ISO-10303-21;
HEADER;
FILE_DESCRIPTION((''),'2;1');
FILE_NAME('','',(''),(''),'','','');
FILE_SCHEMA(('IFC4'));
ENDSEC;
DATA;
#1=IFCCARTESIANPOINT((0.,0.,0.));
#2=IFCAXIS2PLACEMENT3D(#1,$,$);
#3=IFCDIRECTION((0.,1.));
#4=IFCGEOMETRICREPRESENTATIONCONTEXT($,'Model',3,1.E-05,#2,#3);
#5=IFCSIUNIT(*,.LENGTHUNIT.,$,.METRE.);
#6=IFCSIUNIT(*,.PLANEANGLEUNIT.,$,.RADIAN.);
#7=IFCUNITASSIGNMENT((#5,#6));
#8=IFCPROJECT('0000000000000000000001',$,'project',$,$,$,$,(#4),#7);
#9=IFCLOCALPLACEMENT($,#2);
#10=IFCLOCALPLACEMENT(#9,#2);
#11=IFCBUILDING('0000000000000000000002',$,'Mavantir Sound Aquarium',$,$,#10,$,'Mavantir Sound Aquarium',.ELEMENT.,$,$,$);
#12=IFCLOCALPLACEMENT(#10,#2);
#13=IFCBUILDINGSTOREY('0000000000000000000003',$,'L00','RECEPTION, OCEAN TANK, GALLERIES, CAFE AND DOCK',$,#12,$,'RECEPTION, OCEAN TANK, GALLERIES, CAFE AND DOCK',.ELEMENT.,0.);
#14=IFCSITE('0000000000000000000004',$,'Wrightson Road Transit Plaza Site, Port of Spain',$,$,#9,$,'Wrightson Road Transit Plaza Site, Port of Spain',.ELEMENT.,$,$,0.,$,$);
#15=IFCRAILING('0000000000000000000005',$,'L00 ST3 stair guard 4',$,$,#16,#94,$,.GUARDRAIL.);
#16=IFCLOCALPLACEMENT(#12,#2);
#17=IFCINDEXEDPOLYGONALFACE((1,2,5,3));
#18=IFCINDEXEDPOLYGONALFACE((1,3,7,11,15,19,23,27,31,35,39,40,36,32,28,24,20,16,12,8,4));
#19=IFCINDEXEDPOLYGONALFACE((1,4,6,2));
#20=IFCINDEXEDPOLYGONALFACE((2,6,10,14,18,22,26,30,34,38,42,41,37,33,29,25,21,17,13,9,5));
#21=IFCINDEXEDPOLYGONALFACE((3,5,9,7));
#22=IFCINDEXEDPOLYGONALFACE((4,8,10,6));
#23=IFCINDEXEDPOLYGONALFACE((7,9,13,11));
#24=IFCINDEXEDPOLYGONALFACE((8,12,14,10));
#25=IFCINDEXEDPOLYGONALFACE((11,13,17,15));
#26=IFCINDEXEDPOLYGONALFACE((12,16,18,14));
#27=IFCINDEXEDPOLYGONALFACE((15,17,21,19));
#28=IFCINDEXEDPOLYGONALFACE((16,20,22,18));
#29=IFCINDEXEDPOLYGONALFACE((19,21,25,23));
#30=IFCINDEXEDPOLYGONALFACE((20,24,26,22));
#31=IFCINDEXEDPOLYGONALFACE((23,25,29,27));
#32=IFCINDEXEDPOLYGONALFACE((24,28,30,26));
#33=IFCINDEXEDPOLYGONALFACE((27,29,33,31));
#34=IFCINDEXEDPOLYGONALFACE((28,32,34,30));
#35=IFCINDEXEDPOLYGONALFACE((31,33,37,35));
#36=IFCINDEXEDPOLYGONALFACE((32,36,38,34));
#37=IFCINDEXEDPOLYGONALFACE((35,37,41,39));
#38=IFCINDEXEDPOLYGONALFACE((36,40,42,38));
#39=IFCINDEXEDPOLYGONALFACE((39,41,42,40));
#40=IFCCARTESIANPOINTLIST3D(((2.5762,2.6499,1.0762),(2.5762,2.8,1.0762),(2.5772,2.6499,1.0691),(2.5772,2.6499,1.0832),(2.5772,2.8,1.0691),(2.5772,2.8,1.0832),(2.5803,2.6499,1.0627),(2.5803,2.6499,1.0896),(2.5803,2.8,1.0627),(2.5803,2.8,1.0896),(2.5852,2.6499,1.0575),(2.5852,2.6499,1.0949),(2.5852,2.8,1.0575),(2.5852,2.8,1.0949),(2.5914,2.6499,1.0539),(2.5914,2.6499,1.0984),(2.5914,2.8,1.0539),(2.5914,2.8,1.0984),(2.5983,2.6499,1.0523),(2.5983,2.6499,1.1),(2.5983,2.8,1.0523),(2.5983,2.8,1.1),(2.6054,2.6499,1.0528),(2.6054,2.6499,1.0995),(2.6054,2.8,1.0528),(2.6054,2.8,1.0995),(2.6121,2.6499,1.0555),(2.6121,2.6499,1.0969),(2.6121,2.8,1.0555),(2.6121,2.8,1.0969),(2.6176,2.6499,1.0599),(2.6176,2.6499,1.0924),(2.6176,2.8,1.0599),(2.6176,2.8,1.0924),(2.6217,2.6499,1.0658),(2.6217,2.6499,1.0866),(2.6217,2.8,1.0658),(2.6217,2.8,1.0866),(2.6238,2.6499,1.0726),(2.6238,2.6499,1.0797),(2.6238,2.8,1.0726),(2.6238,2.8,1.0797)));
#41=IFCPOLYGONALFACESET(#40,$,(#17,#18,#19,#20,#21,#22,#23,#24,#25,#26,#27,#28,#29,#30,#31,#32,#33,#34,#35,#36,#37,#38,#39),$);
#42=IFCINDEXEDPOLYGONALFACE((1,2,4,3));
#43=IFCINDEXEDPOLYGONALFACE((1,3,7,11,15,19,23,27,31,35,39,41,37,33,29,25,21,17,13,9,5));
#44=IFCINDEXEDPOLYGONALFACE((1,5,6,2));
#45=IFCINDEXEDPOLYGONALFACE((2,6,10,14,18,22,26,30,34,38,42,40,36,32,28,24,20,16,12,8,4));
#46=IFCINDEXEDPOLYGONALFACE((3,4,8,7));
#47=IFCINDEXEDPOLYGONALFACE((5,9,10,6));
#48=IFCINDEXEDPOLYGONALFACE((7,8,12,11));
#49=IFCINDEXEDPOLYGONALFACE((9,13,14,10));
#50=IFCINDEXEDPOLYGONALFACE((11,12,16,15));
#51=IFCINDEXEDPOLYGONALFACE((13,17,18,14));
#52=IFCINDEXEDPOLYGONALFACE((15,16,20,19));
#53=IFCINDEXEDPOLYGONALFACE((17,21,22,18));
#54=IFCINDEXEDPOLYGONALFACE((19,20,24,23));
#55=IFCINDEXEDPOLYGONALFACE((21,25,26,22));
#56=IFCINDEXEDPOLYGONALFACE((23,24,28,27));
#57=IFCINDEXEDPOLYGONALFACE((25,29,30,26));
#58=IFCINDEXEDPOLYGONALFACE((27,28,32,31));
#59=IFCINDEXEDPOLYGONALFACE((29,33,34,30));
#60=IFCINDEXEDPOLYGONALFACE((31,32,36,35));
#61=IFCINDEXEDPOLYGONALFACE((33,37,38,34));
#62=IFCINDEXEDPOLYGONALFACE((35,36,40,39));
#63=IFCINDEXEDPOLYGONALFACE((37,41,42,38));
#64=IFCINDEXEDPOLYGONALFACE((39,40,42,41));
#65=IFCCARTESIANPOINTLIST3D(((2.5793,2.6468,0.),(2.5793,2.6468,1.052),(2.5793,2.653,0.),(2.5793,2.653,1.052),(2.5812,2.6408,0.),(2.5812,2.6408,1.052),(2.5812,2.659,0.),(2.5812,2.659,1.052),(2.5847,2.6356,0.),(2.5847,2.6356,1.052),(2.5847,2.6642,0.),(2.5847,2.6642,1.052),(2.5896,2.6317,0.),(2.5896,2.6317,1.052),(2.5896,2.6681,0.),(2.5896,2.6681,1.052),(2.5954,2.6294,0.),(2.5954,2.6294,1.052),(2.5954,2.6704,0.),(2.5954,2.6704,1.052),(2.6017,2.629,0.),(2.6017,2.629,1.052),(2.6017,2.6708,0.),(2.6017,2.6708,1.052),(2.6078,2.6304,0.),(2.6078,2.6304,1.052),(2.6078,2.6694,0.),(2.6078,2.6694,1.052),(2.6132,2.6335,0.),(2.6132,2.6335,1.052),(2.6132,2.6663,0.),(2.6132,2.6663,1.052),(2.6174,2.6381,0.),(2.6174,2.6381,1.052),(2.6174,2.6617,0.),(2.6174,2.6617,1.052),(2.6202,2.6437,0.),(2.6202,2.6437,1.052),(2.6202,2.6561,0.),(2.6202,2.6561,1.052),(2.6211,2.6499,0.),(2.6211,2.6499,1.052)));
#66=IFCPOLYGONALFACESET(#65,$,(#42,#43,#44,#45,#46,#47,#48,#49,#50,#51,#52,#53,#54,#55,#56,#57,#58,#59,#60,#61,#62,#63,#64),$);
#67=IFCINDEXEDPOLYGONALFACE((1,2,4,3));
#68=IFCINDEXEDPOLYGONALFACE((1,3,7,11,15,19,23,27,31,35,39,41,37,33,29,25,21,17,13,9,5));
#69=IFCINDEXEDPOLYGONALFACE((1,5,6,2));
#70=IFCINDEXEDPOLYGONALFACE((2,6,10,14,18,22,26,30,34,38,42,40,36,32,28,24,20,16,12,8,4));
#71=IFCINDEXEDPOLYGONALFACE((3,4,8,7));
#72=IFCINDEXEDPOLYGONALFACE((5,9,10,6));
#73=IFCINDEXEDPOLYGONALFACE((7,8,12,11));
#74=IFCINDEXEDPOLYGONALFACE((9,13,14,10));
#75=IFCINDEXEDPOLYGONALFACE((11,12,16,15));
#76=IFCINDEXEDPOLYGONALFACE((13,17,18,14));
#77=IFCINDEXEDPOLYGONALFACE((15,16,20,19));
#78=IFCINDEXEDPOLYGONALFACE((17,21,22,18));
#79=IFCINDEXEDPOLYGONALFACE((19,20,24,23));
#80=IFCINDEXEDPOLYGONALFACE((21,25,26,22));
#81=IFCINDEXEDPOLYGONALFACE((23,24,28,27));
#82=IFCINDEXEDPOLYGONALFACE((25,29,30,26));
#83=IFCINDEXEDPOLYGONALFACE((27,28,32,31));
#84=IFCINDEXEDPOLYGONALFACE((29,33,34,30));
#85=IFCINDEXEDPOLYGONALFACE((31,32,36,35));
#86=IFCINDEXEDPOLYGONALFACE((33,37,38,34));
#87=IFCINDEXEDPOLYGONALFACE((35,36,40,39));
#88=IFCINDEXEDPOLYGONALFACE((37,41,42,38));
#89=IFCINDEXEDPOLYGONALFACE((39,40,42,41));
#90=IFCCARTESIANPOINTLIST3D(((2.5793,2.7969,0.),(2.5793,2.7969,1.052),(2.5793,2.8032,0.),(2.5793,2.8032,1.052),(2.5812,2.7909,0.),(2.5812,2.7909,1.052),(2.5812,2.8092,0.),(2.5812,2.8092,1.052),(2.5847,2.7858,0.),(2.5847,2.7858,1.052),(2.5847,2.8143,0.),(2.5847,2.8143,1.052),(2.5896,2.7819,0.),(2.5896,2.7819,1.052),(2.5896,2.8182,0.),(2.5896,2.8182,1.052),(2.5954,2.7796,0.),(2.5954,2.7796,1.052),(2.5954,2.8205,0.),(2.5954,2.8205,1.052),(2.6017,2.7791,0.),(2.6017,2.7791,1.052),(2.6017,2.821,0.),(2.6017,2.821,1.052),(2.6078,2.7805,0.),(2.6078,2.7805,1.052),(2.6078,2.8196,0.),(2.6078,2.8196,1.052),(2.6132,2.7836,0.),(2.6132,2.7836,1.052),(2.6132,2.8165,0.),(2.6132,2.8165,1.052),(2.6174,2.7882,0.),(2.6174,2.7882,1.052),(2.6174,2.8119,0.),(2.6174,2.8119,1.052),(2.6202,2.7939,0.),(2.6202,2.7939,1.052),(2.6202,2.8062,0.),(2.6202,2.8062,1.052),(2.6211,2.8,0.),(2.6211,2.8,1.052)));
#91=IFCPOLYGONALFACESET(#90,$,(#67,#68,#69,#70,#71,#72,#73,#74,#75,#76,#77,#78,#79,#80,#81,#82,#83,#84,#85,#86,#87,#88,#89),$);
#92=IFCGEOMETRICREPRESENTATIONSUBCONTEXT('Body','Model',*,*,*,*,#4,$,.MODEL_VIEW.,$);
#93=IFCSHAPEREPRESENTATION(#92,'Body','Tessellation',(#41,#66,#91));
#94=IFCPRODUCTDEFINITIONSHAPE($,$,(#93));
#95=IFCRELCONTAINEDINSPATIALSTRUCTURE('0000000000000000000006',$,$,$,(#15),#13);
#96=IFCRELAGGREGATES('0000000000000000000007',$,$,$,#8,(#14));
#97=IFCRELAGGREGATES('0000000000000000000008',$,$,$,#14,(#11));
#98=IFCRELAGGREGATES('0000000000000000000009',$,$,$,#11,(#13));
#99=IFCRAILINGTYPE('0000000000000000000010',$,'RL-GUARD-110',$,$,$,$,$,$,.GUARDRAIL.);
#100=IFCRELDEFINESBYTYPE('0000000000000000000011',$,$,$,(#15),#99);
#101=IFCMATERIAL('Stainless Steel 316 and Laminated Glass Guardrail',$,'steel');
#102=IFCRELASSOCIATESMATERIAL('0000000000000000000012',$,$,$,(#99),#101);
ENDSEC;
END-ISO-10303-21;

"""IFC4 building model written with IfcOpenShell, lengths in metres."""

from ifc_helpers import new_model, si_unit, direction, frame, origin, origin_2d, place, context, subcontext, project, spatial, circle, extrude, material, type_object, element, save


model = new_model("IFC4")

# Units and contexts
model_context = context("Model", 3, precision=1e-05, world=origin(), true_north=direction((0.0, 1.0)))
body_context = subcontext(model_context, "Body", "Model", "MODEL_VIEW")
ifc_project = project(units=[si_unit("LENGTHUNIT", "METRE"), si_unit("PLANEANGLEUNIT", "RADIAN")], contexts=[model_context])

# Site, building, storey
site_placement = place(None, origin())
site = spatial("IfcSite", under=ifc_project, at=site_placement, Name="Wrightson Road Transit Plaza Site, Port of Spain", LongName="Wrightson Road Transit Plaza Site, Port of Spain", CompositionType="ELEMENT", RefElevation=0.0)
building_placement = place(site_placement, origin())
building = spatial("IfcBuilding", under=site, at=building_placement, Name="Mavantir Sound Aquarium", LongName="Mavantir Sound Aquarium", CompositionType="ELEMENT")
storey_placement = place(building_placement, origin())
storey = spatial("IfcBuildingStorey", under=building, at=storey_placement, Name="L00", Description="RECEPTION, OCEAN TANK, GALLERIES, CAFE AND DOCK", LongName="RECEPTION, OCEAN TANK, GALLERIES, CAFE AND DOCK", CompositionType="ELEMENT", Elevation=0.0)

# Railing
ifc_material_1 = material(Name="Stainless Steel 316 and Laminated Glass Guardrail", Category="steel")
railing_type_1 = type_object("IfcRailingType", Name="RL-GUARD-110", PredefinedType="GUARDRAIL", material=ifc_material_1)
railing_1_placement = place(storey_placement, frame((2.6001, 2.6499, 0.0)))
element("IfcRailing", 1, at=railing_1_placement, inside=storey, type_object=railing_type_1, Name="L00 ST3 stair guard 4", PredefinedType="GUARDRAIL", context=body_context, shape_type="SweptSolid", body=[
    extrude(circle(Radius=0.0239, at=origin_2d()), frame((0.0, 0.0, 1.0762), z_axis=(0.0, 1.0, 0.0), x_axis=(-1.0, 0.0, 0.0)), (0.0, 0.0, 1.0), 0.1501),
    extrude(circle(Radius=0.021, at=origin_2d()), origin(), (0.0, 0.0, 1.0), 1.052),
    extrude(circle(Radius=0.021, at=origin_2d()), frame((0.0, 0.1501, 0.0)), (0.0, 0.0, 1.0), 1.052),
])

save(model, "model.ifc")
